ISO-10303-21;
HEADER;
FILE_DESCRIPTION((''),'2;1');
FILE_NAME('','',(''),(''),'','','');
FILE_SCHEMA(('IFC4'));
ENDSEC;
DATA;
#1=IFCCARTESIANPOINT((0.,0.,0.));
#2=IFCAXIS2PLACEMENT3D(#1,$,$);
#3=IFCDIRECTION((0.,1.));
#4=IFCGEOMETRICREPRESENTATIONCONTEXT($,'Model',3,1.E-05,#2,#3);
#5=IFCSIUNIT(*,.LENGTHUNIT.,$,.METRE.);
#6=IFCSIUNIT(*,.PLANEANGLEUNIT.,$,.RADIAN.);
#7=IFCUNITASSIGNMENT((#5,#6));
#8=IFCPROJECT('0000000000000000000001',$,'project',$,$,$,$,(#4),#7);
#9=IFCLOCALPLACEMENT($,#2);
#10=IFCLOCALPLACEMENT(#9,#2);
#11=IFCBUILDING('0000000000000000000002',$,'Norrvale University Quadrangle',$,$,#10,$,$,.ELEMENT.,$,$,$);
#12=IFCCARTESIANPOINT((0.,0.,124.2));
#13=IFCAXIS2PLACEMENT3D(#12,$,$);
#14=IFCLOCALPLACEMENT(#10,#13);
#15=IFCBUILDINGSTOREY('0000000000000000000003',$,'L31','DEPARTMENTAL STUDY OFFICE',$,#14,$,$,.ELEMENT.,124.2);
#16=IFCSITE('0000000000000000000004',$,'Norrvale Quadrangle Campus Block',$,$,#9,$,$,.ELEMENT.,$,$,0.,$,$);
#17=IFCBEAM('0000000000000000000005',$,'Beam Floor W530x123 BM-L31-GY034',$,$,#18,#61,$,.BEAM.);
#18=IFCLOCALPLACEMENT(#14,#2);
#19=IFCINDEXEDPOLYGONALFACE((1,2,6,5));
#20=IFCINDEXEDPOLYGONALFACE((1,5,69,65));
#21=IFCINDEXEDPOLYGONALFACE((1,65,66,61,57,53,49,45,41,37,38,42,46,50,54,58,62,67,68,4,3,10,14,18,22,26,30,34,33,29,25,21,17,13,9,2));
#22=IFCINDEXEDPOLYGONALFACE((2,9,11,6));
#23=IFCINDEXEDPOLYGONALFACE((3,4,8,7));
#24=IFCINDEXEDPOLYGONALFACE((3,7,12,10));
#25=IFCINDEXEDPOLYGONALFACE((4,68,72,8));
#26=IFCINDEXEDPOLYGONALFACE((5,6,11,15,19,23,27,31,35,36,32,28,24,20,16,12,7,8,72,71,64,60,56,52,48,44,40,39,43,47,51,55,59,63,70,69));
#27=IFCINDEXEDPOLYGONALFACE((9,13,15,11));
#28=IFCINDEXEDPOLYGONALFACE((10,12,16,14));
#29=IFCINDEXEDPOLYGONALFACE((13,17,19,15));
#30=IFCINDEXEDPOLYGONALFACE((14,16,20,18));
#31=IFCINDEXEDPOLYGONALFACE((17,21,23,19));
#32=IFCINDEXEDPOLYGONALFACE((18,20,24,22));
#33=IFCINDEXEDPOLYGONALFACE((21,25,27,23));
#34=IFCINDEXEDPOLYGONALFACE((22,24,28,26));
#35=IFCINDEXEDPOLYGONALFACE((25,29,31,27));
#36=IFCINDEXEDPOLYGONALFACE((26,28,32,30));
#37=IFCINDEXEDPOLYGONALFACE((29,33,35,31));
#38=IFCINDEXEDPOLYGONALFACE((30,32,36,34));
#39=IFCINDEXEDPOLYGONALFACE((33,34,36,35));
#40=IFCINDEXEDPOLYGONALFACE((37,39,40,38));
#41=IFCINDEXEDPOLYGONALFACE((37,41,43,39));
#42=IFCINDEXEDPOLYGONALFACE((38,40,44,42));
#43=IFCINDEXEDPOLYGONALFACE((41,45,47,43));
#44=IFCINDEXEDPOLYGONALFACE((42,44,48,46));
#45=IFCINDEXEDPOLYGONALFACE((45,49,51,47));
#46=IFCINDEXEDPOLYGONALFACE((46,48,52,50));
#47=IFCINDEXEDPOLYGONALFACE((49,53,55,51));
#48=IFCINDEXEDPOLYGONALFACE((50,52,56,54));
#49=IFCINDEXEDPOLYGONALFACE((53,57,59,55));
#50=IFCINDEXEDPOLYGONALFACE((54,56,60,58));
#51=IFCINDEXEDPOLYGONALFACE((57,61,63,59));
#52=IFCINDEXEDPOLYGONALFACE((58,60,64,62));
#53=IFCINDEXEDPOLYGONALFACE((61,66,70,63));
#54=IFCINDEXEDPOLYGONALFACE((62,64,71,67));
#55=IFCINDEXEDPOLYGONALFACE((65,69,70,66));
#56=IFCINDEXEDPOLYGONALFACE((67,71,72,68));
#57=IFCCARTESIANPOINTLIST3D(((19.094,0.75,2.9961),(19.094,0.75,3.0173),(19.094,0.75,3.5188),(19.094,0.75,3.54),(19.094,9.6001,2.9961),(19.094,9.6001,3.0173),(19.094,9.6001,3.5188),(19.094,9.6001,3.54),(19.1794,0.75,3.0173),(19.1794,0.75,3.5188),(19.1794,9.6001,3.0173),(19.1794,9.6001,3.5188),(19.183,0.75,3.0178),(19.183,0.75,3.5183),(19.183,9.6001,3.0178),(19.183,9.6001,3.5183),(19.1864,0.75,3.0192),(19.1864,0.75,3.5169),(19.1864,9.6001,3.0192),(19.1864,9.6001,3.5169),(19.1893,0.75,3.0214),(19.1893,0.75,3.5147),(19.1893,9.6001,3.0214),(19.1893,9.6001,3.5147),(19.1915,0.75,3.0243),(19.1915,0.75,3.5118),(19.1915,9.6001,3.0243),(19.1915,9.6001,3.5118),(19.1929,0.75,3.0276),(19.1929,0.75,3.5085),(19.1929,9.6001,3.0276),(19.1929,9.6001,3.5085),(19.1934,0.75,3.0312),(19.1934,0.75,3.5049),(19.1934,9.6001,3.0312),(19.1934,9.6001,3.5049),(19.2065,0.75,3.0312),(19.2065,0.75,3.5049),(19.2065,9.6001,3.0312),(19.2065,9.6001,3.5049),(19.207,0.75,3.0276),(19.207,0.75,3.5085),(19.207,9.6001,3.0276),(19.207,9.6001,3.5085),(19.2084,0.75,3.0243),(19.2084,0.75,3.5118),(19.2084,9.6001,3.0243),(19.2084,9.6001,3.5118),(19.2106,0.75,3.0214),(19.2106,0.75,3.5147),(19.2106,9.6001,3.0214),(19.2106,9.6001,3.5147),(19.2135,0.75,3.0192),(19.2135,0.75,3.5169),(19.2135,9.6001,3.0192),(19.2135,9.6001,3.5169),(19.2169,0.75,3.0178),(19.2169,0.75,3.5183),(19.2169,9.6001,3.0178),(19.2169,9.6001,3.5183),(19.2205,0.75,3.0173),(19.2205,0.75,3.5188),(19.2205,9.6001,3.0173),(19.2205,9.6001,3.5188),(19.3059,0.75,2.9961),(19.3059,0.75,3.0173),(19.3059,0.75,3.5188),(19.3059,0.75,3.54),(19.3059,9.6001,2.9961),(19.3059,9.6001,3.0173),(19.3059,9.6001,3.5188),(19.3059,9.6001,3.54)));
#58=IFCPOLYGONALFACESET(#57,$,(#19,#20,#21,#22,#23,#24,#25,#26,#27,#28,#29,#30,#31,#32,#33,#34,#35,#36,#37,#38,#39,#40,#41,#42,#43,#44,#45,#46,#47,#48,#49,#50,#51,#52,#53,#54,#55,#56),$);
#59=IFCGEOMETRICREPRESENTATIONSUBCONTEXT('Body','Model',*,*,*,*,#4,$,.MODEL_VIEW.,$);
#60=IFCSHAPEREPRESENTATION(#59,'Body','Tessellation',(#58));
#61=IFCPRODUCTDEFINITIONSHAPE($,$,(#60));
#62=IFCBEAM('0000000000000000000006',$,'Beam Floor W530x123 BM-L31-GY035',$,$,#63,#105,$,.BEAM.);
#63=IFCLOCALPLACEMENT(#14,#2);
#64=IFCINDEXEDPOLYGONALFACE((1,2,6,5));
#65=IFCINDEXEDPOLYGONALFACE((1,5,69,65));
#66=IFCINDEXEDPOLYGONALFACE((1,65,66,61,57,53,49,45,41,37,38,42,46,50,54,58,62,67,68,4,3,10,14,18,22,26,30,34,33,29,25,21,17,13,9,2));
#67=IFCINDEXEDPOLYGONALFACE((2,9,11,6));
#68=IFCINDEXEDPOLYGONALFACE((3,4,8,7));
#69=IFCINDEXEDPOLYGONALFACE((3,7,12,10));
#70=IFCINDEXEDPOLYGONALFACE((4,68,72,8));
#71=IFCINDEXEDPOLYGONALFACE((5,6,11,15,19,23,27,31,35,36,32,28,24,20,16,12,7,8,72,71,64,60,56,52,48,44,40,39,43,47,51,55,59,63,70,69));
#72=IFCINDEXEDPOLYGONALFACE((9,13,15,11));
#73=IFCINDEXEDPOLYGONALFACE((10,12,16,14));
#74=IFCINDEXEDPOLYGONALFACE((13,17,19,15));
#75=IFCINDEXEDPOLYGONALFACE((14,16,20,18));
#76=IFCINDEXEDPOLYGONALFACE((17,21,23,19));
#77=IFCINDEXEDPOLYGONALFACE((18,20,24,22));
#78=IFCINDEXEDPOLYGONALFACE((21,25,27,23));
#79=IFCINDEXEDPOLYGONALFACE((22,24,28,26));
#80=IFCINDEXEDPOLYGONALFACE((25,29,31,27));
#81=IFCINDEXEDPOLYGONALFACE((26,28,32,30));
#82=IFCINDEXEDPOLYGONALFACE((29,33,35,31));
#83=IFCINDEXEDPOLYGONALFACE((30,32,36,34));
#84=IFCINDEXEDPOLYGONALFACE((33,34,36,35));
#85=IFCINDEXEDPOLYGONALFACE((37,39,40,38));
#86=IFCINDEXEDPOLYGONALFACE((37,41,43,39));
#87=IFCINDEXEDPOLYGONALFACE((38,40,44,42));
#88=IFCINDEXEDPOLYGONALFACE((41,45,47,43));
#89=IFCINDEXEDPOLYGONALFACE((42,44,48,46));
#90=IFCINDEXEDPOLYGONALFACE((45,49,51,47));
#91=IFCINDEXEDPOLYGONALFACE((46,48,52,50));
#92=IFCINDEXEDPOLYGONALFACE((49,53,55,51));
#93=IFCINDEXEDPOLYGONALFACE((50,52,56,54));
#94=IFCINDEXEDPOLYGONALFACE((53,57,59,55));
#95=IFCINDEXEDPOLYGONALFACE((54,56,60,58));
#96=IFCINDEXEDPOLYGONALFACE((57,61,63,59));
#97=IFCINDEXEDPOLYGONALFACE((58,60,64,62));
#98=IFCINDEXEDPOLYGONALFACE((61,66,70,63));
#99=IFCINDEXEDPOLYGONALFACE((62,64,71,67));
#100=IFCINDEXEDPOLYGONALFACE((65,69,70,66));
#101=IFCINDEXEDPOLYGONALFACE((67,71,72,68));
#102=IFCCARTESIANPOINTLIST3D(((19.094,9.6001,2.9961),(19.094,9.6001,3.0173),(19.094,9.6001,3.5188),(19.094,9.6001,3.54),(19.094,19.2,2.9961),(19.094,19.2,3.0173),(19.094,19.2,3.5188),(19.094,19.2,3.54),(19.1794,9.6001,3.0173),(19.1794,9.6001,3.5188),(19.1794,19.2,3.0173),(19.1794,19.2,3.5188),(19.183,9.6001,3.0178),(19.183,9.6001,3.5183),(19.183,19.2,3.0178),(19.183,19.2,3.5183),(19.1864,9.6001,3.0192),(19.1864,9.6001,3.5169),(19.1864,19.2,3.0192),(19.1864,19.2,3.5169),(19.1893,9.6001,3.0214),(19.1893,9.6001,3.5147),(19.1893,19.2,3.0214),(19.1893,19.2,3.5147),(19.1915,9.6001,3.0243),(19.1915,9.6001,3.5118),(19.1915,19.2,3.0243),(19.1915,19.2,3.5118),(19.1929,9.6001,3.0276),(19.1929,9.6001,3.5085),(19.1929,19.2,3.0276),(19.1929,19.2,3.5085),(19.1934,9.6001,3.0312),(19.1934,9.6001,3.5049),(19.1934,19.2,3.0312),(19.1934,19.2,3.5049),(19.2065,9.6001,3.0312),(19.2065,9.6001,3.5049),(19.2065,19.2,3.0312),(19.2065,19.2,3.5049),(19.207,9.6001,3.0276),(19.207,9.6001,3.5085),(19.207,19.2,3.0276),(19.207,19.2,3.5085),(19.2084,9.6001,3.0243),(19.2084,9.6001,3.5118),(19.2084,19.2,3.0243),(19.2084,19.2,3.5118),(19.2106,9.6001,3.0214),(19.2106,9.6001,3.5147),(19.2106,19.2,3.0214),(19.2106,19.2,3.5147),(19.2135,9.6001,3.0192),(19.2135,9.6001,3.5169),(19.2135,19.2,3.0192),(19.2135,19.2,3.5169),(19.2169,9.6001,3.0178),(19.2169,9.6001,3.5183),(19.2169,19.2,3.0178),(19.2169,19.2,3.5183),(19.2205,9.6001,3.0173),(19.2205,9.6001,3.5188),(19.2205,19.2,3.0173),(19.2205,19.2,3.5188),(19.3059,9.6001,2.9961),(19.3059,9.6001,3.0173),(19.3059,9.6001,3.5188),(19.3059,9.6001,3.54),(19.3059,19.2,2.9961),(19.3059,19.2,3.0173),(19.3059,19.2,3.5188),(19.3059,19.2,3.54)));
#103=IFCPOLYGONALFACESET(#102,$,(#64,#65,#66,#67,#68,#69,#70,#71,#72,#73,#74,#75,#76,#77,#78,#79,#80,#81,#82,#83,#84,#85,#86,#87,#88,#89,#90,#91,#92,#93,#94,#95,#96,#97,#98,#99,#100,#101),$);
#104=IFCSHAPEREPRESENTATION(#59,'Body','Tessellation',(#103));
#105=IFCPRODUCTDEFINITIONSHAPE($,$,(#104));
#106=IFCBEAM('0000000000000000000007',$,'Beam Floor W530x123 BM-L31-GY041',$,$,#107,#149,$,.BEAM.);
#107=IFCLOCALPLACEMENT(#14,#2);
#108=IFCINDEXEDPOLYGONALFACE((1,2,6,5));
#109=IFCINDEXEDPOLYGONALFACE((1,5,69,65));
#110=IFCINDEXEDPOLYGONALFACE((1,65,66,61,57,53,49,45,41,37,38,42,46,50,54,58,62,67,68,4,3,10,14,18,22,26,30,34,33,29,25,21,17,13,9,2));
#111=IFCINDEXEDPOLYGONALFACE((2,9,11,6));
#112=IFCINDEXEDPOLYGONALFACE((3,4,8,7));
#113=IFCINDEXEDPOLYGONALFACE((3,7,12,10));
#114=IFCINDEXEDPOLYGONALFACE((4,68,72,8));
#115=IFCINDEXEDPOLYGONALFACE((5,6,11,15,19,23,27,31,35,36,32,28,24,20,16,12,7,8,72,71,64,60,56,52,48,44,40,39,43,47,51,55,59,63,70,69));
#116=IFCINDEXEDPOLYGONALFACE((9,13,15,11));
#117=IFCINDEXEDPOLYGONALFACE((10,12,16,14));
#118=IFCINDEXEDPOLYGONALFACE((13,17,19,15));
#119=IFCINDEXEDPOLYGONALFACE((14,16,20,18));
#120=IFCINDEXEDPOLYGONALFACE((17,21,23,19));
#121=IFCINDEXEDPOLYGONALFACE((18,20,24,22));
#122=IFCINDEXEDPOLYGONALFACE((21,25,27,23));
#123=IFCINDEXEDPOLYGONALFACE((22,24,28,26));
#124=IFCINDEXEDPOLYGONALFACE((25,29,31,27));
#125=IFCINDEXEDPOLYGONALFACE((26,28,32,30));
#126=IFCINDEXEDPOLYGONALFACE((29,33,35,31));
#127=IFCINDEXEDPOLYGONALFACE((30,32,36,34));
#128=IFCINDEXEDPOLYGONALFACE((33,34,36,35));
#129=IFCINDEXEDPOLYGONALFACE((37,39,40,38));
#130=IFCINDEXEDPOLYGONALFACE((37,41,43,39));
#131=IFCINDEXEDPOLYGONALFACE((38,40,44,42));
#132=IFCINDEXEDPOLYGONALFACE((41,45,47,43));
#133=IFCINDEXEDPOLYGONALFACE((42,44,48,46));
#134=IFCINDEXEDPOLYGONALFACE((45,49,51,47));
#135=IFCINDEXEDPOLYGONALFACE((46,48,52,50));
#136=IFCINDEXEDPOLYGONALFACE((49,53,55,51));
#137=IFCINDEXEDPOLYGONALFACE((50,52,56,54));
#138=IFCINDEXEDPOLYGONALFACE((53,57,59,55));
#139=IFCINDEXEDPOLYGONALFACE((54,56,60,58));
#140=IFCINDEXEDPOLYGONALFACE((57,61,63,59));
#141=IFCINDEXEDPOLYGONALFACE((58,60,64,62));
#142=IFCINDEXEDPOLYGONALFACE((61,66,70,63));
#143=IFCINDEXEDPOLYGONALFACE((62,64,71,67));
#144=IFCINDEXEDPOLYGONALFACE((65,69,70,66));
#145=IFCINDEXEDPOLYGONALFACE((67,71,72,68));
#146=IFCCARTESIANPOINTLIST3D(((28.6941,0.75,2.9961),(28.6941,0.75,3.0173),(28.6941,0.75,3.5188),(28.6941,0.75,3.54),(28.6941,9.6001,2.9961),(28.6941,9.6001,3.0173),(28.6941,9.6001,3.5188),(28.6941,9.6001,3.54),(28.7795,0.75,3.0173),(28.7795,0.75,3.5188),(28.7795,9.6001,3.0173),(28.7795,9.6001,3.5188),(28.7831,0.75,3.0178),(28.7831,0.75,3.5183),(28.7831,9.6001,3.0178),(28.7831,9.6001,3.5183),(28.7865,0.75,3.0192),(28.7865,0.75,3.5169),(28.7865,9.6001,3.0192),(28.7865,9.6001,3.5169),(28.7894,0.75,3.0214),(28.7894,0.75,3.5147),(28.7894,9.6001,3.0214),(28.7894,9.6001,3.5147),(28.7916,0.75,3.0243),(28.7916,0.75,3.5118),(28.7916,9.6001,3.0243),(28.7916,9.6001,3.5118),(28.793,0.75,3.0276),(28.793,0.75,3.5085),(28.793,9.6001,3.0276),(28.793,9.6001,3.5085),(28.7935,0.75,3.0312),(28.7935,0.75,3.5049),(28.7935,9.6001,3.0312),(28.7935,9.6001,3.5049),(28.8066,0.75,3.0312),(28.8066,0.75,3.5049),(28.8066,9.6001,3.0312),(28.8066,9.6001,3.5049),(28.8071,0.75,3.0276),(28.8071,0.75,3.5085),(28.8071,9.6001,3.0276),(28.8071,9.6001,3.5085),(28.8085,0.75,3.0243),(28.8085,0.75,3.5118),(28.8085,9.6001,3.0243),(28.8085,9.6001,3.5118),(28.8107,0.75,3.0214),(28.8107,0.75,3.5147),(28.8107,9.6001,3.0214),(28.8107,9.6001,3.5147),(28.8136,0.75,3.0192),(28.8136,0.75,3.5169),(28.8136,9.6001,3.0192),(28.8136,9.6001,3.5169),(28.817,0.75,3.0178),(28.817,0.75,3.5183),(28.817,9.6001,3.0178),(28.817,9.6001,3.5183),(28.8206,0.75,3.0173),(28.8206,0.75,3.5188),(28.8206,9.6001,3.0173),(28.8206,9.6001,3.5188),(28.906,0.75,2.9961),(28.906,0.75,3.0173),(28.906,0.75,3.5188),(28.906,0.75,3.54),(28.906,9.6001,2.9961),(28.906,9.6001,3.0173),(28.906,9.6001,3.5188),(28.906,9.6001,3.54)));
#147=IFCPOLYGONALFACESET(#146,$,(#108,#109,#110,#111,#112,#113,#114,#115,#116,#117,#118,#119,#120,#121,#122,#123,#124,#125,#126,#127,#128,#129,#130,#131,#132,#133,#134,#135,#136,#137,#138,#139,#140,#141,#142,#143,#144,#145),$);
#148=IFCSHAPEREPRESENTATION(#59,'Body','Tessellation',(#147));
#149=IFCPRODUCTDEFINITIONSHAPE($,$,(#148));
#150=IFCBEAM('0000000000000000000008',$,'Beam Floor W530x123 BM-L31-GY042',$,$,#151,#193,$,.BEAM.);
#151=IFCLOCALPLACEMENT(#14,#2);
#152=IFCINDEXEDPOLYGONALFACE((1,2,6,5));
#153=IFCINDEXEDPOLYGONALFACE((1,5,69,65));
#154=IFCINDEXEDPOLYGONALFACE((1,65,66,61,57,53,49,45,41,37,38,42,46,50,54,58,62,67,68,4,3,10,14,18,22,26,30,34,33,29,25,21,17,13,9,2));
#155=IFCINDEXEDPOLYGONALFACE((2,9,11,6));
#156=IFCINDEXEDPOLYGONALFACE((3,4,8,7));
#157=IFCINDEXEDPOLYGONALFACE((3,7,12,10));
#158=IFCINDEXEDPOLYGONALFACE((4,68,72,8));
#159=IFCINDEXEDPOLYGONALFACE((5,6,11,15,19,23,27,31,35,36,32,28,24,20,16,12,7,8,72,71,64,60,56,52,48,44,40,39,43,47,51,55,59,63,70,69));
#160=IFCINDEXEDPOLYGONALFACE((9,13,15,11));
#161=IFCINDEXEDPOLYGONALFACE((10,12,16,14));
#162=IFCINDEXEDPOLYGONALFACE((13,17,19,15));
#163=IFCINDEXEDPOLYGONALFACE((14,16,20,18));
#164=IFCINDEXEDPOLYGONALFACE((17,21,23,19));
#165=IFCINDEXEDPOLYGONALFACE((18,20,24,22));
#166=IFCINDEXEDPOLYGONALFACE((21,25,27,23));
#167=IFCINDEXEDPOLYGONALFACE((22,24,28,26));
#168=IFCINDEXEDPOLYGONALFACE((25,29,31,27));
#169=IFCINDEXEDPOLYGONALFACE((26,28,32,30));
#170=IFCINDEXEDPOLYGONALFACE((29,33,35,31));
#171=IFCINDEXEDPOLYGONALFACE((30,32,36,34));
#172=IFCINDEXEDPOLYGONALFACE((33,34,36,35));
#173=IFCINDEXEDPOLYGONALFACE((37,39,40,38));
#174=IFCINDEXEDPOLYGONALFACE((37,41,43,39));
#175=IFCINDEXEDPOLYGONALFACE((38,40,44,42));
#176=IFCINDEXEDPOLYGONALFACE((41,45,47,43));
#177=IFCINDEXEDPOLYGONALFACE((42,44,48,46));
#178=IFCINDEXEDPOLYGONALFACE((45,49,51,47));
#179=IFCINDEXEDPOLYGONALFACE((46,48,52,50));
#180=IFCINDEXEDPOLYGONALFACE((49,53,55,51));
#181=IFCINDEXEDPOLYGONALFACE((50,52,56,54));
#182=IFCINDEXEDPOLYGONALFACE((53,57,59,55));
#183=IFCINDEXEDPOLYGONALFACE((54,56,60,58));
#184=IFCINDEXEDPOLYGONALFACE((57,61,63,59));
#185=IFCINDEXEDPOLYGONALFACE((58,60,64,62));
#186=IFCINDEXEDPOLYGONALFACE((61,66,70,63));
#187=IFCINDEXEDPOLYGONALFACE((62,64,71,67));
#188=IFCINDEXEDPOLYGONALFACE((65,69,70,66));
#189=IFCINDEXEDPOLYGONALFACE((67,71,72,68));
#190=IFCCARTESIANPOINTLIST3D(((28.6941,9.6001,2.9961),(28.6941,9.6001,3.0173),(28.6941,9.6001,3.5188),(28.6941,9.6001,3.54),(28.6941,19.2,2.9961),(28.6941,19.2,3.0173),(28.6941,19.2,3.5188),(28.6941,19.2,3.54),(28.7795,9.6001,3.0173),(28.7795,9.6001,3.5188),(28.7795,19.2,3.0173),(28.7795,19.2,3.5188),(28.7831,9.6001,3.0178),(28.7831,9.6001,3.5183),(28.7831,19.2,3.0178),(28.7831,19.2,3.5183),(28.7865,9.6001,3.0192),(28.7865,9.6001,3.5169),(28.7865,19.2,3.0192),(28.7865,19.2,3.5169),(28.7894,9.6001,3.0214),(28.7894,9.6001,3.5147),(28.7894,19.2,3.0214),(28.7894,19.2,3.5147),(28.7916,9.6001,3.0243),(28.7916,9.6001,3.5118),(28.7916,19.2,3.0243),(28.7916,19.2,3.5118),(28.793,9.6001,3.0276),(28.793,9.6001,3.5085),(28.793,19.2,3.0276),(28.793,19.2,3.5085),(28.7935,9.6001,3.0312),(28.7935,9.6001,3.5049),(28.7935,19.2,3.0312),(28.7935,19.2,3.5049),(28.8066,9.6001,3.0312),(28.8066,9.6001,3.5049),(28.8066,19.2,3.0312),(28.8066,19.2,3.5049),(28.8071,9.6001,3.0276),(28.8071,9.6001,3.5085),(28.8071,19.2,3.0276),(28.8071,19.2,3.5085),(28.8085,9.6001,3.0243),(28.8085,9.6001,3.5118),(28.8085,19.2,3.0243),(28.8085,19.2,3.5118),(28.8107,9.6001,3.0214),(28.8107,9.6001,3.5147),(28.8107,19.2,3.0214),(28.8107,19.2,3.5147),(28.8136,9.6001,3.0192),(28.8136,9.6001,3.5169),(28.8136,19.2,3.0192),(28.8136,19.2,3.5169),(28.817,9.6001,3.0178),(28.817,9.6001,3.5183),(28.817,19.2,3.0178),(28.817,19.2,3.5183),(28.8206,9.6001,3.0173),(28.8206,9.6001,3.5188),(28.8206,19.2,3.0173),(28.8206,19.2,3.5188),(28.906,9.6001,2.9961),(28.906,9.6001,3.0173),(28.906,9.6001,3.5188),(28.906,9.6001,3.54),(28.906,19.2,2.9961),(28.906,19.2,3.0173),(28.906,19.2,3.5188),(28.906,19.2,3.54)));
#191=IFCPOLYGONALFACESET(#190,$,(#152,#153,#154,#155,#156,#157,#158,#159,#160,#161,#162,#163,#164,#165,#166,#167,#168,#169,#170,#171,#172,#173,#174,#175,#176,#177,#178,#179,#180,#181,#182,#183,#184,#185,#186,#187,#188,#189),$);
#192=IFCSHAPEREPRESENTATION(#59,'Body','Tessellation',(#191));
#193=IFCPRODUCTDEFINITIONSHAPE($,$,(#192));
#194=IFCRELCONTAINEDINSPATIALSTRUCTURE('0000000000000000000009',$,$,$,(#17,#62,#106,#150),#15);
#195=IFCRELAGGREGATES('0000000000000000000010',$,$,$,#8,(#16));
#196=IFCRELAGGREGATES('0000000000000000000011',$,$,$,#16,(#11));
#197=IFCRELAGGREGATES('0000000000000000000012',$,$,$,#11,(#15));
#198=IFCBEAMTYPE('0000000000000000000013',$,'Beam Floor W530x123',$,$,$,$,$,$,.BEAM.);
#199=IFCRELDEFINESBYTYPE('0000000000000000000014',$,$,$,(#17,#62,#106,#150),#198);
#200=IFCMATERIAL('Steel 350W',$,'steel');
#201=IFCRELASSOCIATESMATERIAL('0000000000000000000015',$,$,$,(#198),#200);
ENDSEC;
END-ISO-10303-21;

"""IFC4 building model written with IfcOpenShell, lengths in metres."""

from ifc_helpers import new_model, si_unit, direction, frame, origin, origin_2d, place, context, subcontext, project, spatial, i_section, extrude, material, material_profile, profile_set, type_object, element, save


model = new_model("IFC4")

# Units and contexts
model_context = context("Model", 3, precision=1e-05, world=origin(), true_north=direction((0.0, 1.0)))
body_context = subcontext(model_context, "Body", "Model", "MODEL_VIEW")
ifc_project = project(units=[si_unit("LENGTHUNIT", "METRE"), si_unit("PLANEANGLEUNIT", "RADIAN")], contexts=[model_context])

# Site, building, storey
site_placement = place(None, origin())
site = spatial("IfcSite", under=ifc_project, at=site_placement, Name="Norrvale Quadrangle Campus Block", CompositionType="ELEMENT", RefElevation=0.0)
building_placement = place(site_placement, origin())
building = spatial("IfcBuilding", under=site, at=building_placement, Name="Norrvale University Quadrangle", CompositionType="ELEMENT")
storey_placement = place(building_placement, frame((0.0, 0.0, 124.2)))
storey = spatial("IfcBuildingStorey", under=building, at=storey_placement, Name="L31", Description="DEPARTMENTAL STUDY OFFICE", CompositionType="ELEMENT", Elevation=124.2)

# Beams
ifc_material_1 = material(Name="Steel 350W", Category="steel")
ifc_material_profile_1 = material_profile(ifc_material_1, i_section(OverallWidth=0.2119, OverallDepth=0.5439, WebThickness=0.0132, FlangeThickness=0.0212, FilletRadius=0.0139, at=origin_2d()), Name="Steel 350W")
ifc_profile_set_1 = profile_set([ifc_material_profile_1], Name="Steel 350W")
beam_type_1 = type_object("IfcBeamType", Name="Beam Floor W530x123", PredefinedType="BEAM", material=ifc_profile_set_1)
beam_1_placement = place(storey_placement, frame((19.2, 0.75, 3.2681), z_axis=(0.0, 1.0, 0.0), x_axis=(-1.0, 0.0, 0.0)))
element("IfcBeam", 1, at=beam_1_placement, inside=storey, type_object=beam_type_1, Name="Beam Floor W530x123 BM-L31-GY034", PredefinedType="BEAM", context=body_context, shape_type="SweptSolid", body=[
    extrude(i_section(OverallWidth=0.2119, OverallDepth=0.5439, WebThickness=0.0132, FlangeThickness=0.0212, FilletRadius=0.0139, at=origin_2d()), origin(), (0.0, 0.0, 1.0), 8.8501),
])
beam_2_placement = place(storey_placement, frame((19.2, 9.6001, 3.2681), z_axis=(0.0, 1.0, 0.0), x_axis=(-1.0, 0.0, 0.0)))
element("IfcBeam", 2, at=beam_2_placement, inside=storey, type_object=beam_type_1, Name="Beam Floor W530x123 BM-L31-GY035", PredefinedType="BEAM", context=body_context, shape_type="SweptSolid", body=[
    extrude(i_section(OverallWidth=0.2119, OverallDepth=0.5439, WebThickness=0.0132, FlangeThickness=0.0212, FilletRadius=0.0139, at=origin_2d()), origin(), (0.0, 0.0, 1.0), 9.5999),
])
beam_3_placement = place(storey_placement, frame((28.8, 0.75, 3.2681), z_axis=(0.0, 1.0, 0.0), x_axis=(-1.0, 0.0, 0.0)))
element("IfcBeam", 3, at=beam_3_placement, inside=storey, type_object=beam_type_1, Name="Beam Floor W530x123 BM-L31-GY041", PredefinedType="BEAM", context=body_context, shape_type="SweptSolid", body=[
    extrude(i_section(OverallWidth=0.2119, OverallDepth=0.5439, WebThickness=0.0132, FlangeThickness=0.0212, FilletRadius=0.0139, at=origin_2d()), origin(), (0.0, 0.0, 1.0), 8.8501),
])
beam_4_placement = place(storey_placement, frame((28.8, 9.6001, 3.2681), z_axis=(0.0, 1.0, 0.0), x_axis=(-1.0, 0.0, 0.0)))
element("IfcBeam", 4, at=beam_4_placement, inside=storey, type_object=beam_type_1, Name="Beam Floor W530x123 BM-L31-GY042", PredefinedType="BEAM", context=body_context, shape_type="SweptSolid", body=[
    extrude(i_section(OverallWidth=0.2119, OverallDepth=0.5439, WebThickness=0.0132, FlangeThickness=0.0212, FilletRadius=0.0139, at=origin_2d()), origin(), (0.0, 0.0, 1.0), 9.5999),
])

save(model, "model.ifc")
